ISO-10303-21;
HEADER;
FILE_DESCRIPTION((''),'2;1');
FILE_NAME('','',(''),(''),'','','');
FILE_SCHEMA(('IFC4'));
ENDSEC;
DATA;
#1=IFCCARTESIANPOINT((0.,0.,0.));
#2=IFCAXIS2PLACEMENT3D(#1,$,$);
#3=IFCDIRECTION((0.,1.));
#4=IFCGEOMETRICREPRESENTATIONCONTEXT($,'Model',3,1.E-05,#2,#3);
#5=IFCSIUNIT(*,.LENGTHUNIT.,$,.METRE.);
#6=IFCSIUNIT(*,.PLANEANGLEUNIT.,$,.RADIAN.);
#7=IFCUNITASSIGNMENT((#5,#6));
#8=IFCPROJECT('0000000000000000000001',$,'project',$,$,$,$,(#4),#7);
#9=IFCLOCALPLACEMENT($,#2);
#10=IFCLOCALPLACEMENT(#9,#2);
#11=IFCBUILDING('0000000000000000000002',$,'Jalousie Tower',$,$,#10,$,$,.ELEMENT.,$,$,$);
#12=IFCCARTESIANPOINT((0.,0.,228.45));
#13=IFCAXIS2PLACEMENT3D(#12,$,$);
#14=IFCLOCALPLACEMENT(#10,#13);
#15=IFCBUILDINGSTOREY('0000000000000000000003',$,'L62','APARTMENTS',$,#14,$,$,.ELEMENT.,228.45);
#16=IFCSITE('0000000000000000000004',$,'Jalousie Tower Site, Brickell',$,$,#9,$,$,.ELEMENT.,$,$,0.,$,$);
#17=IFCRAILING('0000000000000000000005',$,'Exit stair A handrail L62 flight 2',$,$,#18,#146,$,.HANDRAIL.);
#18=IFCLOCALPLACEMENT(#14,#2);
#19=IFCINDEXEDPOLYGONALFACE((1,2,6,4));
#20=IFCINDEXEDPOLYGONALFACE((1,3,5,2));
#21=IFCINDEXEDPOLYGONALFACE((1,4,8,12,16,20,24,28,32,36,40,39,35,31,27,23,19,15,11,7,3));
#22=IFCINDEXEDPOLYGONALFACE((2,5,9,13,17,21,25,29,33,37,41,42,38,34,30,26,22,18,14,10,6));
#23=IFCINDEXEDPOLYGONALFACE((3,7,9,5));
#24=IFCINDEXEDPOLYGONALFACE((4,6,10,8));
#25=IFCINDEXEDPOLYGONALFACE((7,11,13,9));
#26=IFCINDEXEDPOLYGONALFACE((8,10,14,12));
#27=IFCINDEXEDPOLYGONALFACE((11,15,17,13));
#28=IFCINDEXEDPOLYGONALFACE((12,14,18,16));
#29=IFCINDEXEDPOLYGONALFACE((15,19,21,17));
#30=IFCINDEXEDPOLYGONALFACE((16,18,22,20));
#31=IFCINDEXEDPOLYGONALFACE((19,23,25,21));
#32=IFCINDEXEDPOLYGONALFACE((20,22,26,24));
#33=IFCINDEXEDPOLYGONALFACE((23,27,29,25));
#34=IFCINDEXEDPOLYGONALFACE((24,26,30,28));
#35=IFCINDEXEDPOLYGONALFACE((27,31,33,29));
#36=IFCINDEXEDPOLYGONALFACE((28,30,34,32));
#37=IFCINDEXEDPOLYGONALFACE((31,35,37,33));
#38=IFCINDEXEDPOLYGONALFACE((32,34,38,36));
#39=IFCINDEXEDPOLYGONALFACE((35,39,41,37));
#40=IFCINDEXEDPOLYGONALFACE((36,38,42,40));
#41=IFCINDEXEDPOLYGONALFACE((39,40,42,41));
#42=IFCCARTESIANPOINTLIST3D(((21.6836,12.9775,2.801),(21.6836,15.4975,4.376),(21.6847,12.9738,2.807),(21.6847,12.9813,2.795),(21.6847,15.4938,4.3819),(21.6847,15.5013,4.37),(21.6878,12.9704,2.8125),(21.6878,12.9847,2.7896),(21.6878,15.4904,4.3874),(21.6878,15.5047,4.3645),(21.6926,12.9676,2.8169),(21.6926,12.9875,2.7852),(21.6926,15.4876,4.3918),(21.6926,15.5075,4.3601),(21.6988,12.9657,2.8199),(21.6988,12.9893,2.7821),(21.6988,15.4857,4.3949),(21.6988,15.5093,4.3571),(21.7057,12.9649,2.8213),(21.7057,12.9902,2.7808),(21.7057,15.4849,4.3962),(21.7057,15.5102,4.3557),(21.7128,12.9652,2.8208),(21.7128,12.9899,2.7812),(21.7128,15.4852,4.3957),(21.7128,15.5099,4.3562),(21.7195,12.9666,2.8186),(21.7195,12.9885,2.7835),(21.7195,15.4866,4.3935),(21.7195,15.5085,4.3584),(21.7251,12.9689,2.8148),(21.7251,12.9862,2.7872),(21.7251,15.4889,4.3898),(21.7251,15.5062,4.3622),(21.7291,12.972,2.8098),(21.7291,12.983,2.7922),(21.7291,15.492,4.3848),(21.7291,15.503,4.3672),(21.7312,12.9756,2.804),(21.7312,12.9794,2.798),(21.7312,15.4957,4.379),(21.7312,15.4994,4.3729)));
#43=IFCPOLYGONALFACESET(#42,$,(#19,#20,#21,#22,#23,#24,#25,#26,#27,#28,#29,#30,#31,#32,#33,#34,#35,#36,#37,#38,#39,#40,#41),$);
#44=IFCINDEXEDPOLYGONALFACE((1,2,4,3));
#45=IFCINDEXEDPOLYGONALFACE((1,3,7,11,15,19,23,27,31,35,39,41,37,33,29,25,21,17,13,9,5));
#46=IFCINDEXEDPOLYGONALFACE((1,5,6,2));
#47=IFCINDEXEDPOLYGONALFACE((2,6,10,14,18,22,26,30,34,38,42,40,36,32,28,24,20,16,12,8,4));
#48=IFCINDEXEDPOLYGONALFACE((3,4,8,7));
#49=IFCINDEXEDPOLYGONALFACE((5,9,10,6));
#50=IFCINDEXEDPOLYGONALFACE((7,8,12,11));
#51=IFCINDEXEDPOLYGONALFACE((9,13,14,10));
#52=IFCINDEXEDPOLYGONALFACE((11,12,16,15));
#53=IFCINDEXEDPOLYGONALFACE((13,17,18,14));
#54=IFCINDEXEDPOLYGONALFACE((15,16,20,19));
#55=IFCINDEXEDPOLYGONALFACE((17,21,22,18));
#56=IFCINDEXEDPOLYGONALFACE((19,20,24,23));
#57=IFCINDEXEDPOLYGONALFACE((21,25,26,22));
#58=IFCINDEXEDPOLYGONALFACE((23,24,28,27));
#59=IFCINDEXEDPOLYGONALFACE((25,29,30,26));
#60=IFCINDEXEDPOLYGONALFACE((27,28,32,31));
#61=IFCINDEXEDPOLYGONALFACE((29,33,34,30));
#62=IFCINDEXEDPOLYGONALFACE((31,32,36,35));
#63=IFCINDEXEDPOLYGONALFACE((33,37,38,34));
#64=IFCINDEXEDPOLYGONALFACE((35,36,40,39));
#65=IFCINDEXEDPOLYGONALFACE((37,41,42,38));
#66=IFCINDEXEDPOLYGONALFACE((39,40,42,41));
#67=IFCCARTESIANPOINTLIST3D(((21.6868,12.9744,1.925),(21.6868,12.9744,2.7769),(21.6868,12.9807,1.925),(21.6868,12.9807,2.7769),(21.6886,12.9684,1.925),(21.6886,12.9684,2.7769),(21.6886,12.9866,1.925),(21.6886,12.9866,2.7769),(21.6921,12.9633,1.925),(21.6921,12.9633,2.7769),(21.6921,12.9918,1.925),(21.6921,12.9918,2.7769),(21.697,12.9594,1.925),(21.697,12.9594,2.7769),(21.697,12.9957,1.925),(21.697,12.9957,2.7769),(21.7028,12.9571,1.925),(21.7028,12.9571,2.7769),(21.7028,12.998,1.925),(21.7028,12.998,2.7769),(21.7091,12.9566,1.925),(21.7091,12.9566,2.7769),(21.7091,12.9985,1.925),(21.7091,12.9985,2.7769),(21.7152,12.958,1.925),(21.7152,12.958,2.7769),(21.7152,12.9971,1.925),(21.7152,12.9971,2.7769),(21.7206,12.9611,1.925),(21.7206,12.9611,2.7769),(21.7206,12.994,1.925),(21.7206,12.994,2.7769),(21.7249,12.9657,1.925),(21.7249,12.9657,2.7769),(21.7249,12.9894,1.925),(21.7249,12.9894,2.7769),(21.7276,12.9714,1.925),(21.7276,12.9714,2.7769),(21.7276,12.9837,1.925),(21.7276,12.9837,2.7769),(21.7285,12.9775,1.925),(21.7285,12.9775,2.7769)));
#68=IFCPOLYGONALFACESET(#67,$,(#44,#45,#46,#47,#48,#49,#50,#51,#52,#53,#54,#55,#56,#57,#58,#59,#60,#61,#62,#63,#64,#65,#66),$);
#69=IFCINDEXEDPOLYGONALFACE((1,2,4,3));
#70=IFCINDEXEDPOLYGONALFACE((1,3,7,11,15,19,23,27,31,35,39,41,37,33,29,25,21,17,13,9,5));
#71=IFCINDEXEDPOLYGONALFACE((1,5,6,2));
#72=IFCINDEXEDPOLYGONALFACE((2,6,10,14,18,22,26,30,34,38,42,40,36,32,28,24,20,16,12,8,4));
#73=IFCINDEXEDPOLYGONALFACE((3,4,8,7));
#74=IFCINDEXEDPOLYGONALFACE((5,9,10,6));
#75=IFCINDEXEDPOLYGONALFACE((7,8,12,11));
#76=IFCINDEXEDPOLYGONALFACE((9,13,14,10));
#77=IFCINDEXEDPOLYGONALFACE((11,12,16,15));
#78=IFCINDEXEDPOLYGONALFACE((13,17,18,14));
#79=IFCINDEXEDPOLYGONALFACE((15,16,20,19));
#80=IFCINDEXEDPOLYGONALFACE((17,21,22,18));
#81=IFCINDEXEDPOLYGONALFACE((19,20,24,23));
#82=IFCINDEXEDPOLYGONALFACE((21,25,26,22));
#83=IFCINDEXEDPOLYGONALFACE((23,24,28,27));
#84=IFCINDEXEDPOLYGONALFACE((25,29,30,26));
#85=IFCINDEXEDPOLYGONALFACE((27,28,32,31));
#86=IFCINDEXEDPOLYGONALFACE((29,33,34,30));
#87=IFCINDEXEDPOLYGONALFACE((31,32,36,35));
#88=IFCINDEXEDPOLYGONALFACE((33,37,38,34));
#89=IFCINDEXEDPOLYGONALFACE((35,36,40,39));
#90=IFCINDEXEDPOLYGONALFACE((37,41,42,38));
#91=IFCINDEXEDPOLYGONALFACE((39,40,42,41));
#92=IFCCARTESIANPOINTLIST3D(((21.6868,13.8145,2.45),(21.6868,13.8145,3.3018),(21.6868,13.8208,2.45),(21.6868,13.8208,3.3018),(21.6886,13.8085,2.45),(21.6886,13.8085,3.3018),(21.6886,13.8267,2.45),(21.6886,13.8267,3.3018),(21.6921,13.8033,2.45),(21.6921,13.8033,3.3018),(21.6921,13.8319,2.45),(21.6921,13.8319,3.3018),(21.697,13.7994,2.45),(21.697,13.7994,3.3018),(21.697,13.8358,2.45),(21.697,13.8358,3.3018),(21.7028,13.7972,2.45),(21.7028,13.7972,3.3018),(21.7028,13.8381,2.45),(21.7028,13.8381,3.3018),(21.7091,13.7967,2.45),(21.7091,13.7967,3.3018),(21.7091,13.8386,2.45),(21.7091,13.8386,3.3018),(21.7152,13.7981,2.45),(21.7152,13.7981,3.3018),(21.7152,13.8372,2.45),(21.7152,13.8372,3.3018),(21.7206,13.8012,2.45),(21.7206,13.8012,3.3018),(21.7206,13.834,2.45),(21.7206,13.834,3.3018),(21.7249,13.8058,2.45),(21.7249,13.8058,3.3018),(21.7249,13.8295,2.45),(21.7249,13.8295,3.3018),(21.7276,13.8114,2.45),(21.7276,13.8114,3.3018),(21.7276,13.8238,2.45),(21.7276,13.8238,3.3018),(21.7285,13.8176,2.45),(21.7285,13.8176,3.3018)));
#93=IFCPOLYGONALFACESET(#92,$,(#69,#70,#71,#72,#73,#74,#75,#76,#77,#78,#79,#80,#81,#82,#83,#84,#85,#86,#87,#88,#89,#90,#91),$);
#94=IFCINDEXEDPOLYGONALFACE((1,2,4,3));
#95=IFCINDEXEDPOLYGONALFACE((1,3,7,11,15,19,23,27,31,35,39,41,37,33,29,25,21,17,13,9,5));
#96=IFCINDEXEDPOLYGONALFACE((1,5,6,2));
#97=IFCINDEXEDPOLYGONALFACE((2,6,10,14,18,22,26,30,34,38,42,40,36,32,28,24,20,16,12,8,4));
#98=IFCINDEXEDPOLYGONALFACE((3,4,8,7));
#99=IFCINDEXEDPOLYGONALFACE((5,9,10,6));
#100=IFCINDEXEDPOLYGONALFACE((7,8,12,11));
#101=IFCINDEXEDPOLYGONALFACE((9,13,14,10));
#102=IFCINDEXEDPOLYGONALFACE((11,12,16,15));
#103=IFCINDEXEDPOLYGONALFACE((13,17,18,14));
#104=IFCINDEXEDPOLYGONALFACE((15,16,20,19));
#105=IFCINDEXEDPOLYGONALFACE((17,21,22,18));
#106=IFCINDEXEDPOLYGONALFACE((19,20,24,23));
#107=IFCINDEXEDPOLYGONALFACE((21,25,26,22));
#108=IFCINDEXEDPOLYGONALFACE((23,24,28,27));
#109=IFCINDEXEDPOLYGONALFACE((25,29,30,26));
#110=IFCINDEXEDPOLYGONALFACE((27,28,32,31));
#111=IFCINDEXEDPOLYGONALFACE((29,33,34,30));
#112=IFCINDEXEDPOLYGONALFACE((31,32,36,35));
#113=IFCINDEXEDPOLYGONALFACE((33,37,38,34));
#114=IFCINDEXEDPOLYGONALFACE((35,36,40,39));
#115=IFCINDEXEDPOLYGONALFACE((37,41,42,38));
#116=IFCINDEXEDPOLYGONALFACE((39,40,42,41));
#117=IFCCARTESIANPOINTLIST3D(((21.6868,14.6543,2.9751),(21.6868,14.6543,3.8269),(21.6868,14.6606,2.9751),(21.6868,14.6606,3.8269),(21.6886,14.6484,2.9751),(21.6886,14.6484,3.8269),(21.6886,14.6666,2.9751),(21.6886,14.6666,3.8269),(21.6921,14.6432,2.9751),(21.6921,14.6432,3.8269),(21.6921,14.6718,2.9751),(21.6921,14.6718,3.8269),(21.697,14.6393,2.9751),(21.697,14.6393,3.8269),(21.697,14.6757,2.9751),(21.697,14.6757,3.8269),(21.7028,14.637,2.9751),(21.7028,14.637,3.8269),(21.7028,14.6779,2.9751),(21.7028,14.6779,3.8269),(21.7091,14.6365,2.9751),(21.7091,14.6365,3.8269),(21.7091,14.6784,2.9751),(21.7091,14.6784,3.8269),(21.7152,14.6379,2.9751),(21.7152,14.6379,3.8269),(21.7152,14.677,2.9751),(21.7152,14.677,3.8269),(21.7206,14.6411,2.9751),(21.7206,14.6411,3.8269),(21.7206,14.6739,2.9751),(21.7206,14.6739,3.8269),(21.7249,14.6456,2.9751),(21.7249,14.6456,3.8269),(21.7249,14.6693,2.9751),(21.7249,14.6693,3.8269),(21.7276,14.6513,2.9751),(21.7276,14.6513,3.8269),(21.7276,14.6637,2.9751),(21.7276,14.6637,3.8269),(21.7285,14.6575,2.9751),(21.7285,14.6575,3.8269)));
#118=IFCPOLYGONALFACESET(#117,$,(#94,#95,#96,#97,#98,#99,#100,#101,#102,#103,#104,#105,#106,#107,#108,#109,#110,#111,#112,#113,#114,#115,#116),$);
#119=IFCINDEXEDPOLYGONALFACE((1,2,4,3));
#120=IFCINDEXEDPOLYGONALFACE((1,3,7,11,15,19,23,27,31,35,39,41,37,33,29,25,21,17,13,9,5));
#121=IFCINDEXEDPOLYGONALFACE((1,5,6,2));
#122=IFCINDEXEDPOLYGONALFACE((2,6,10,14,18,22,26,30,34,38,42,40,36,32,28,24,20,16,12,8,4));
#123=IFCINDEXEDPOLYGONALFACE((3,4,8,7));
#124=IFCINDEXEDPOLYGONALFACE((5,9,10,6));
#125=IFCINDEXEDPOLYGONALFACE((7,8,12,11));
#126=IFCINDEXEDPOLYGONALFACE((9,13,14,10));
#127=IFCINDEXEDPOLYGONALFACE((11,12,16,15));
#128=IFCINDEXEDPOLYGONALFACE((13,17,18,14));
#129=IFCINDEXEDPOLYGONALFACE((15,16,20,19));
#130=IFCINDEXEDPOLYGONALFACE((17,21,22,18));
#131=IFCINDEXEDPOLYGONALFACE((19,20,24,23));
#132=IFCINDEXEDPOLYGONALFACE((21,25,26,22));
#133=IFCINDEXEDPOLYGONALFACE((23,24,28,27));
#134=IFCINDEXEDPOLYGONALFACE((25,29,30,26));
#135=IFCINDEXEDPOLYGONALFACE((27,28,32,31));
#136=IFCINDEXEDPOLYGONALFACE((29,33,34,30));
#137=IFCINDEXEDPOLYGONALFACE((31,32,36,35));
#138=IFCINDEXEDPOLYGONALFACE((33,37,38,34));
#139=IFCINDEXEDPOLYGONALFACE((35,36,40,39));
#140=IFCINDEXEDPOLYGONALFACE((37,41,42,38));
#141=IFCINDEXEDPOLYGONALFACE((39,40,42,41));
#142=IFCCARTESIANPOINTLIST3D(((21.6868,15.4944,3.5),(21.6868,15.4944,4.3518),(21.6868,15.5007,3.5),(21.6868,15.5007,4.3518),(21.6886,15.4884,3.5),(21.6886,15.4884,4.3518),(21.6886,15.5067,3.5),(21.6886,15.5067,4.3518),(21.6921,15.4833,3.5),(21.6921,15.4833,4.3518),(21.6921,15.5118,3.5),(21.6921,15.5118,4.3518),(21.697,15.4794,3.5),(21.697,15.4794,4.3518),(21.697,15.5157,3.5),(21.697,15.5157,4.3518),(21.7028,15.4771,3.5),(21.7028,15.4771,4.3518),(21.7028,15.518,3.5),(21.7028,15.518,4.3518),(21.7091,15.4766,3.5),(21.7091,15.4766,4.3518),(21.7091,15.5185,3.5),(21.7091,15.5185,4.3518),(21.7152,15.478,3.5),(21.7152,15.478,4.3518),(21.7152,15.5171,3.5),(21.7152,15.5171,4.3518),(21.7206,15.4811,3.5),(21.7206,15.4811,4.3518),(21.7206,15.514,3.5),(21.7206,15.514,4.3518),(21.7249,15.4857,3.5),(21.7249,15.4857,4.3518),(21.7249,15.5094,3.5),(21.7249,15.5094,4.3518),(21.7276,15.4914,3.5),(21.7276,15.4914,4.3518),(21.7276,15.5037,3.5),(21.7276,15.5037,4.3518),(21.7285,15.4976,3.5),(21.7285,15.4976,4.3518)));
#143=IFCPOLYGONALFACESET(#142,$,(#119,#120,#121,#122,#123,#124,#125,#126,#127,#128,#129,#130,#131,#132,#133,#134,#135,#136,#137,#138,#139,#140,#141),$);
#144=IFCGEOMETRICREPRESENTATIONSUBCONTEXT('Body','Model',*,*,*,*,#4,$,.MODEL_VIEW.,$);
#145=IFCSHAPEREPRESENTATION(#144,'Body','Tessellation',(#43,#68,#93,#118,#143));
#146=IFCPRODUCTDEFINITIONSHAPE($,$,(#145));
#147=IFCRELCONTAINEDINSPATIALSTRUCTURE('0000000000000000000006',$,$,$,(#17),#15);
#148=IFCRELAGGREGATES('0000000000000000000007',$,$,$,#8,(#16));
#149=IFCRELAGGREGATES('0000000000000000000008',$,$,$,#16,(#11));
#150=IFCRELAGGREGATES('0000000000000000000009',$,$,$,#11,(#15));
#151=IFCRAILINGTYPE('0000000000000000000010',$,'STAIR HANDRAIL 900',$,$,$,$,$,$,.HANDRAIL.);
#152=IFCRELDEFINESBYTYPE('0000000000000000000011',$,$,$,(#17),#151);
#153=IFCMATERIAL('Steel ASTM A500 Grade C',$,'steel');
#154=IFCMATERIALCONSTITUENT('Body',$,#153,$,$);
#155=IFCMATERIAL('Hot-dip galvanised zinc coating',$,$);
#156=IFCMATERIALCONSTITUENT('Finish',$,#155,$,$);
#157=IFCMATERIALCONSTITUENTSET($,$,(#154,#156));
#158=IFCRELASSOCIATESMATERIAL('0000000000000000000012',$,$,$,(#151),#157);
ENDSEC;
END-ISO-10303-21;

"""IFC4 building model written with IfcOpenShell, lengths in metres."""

from ifc_helpers import new_model, si_unit, direction, frame, origin, origin_2d, place, context, subcontext, project, spatial, circle, extrude, material, constituent, constituent_set, type_object, element, save


model = new_model("IFC4")

# Units and contexts
model_context = context("Model", 3, precision=1e-05, world=origin(), true_north=direction((0.0, 1.0)))
body_context = subcontext(model_context, "Body", "Model", "MODEL_VIEW")
ifc_project = project(units=[si_unit("LENGTHUNIT", "METRE"), si_unit("PLANEANGLEUNIT", "RADIAN")], contexts=[model_context])

# Site, building, storey
site_placement = place(None, origin())
site = spatial("IfcSite", under=ifc_project, at=site_placement, Name="Jalousie Tower Site, Brickell", CompositionType="ELEMENT", RefElevation=0.0)
building_placement = place(site_placement, origin())
building = spatial("IfcBuilding", under=site, at=building_placement, Name="Jalousie Tower", CompositionType="ELEMENT")
storey_placement = place(building_placement, frame((0.0, 0.0, 228.45)))
storey = spatial("IfcBuildingStorey", under=building, at=storey_placement, Name="L62", Description="APARTMENTS", CompositionType="ELEMENT", Elevation=228.45)

# Railing
ifc_material_1 = material(Name="Steel ASTM A500 Grade C", Category="steel")
ifc_constituent_1 = constituent(ifc_material_1, Name="Body")
ifc_material_2 = material(Name="Hot-dip galvanised zinc coating")
ifc_constituent_2 = constituent(ifc_material_2, Name="Finish")
ifc_constituent_set_1 = constituent_set(constituents=[ifc_constituent_1, ifc_constituent_2])
railing_type_1 = type_object("IfcRailingType", Name="STAIR HANDRAIL 900", PredefinedType="HANDRAIL", material=ifc_constituent_set_1)
railing_1_placement = place(storey_placement, frame((21.7075, 12.9775, 1.925)))
element("IfcRailing", 1, at=railing_1_placement, inside=storey, type_object=railing_type_1, Name="Exit stair A handrail L62 flight 2", PredefinedType="HANDRAIL", context=body_context, shape_type="SweptSolid", body=[
    extrude(circle(Radius=0.0239, at=origin_2d()), frame((0.0, 0.0, 0.876), z_axis=(0.0, 0.848008, 0.529984), x_axis=(-1.0, 0.0, 0.0)), (0.0, 0.0, 1.0), 2.9717),
    extrude(circle(Radius=0.021, at=origin_2d()), origin(), (0.0, 0.0, 1.0), 0.8518),
    extrude(circle(Radius=0.021, at=origin_2d()), frame((0.0, 0.8401, 0.5249)), (0.0, 0.0, 1.0), 0.8518),
    extrude(circle(Radius=0.021, at=origin_2d()), frame((0.0, 1.6799, 1.05)), (0.0, 0.0, 1.0), 0.8518),
    extrude(circle(Radius=0.021, at=origin_2d()), frame((0.0, 2.52, 1.575)), (0.0, 0.0, 1.0), 0.8518),
])

save(model, "model.ifc")
